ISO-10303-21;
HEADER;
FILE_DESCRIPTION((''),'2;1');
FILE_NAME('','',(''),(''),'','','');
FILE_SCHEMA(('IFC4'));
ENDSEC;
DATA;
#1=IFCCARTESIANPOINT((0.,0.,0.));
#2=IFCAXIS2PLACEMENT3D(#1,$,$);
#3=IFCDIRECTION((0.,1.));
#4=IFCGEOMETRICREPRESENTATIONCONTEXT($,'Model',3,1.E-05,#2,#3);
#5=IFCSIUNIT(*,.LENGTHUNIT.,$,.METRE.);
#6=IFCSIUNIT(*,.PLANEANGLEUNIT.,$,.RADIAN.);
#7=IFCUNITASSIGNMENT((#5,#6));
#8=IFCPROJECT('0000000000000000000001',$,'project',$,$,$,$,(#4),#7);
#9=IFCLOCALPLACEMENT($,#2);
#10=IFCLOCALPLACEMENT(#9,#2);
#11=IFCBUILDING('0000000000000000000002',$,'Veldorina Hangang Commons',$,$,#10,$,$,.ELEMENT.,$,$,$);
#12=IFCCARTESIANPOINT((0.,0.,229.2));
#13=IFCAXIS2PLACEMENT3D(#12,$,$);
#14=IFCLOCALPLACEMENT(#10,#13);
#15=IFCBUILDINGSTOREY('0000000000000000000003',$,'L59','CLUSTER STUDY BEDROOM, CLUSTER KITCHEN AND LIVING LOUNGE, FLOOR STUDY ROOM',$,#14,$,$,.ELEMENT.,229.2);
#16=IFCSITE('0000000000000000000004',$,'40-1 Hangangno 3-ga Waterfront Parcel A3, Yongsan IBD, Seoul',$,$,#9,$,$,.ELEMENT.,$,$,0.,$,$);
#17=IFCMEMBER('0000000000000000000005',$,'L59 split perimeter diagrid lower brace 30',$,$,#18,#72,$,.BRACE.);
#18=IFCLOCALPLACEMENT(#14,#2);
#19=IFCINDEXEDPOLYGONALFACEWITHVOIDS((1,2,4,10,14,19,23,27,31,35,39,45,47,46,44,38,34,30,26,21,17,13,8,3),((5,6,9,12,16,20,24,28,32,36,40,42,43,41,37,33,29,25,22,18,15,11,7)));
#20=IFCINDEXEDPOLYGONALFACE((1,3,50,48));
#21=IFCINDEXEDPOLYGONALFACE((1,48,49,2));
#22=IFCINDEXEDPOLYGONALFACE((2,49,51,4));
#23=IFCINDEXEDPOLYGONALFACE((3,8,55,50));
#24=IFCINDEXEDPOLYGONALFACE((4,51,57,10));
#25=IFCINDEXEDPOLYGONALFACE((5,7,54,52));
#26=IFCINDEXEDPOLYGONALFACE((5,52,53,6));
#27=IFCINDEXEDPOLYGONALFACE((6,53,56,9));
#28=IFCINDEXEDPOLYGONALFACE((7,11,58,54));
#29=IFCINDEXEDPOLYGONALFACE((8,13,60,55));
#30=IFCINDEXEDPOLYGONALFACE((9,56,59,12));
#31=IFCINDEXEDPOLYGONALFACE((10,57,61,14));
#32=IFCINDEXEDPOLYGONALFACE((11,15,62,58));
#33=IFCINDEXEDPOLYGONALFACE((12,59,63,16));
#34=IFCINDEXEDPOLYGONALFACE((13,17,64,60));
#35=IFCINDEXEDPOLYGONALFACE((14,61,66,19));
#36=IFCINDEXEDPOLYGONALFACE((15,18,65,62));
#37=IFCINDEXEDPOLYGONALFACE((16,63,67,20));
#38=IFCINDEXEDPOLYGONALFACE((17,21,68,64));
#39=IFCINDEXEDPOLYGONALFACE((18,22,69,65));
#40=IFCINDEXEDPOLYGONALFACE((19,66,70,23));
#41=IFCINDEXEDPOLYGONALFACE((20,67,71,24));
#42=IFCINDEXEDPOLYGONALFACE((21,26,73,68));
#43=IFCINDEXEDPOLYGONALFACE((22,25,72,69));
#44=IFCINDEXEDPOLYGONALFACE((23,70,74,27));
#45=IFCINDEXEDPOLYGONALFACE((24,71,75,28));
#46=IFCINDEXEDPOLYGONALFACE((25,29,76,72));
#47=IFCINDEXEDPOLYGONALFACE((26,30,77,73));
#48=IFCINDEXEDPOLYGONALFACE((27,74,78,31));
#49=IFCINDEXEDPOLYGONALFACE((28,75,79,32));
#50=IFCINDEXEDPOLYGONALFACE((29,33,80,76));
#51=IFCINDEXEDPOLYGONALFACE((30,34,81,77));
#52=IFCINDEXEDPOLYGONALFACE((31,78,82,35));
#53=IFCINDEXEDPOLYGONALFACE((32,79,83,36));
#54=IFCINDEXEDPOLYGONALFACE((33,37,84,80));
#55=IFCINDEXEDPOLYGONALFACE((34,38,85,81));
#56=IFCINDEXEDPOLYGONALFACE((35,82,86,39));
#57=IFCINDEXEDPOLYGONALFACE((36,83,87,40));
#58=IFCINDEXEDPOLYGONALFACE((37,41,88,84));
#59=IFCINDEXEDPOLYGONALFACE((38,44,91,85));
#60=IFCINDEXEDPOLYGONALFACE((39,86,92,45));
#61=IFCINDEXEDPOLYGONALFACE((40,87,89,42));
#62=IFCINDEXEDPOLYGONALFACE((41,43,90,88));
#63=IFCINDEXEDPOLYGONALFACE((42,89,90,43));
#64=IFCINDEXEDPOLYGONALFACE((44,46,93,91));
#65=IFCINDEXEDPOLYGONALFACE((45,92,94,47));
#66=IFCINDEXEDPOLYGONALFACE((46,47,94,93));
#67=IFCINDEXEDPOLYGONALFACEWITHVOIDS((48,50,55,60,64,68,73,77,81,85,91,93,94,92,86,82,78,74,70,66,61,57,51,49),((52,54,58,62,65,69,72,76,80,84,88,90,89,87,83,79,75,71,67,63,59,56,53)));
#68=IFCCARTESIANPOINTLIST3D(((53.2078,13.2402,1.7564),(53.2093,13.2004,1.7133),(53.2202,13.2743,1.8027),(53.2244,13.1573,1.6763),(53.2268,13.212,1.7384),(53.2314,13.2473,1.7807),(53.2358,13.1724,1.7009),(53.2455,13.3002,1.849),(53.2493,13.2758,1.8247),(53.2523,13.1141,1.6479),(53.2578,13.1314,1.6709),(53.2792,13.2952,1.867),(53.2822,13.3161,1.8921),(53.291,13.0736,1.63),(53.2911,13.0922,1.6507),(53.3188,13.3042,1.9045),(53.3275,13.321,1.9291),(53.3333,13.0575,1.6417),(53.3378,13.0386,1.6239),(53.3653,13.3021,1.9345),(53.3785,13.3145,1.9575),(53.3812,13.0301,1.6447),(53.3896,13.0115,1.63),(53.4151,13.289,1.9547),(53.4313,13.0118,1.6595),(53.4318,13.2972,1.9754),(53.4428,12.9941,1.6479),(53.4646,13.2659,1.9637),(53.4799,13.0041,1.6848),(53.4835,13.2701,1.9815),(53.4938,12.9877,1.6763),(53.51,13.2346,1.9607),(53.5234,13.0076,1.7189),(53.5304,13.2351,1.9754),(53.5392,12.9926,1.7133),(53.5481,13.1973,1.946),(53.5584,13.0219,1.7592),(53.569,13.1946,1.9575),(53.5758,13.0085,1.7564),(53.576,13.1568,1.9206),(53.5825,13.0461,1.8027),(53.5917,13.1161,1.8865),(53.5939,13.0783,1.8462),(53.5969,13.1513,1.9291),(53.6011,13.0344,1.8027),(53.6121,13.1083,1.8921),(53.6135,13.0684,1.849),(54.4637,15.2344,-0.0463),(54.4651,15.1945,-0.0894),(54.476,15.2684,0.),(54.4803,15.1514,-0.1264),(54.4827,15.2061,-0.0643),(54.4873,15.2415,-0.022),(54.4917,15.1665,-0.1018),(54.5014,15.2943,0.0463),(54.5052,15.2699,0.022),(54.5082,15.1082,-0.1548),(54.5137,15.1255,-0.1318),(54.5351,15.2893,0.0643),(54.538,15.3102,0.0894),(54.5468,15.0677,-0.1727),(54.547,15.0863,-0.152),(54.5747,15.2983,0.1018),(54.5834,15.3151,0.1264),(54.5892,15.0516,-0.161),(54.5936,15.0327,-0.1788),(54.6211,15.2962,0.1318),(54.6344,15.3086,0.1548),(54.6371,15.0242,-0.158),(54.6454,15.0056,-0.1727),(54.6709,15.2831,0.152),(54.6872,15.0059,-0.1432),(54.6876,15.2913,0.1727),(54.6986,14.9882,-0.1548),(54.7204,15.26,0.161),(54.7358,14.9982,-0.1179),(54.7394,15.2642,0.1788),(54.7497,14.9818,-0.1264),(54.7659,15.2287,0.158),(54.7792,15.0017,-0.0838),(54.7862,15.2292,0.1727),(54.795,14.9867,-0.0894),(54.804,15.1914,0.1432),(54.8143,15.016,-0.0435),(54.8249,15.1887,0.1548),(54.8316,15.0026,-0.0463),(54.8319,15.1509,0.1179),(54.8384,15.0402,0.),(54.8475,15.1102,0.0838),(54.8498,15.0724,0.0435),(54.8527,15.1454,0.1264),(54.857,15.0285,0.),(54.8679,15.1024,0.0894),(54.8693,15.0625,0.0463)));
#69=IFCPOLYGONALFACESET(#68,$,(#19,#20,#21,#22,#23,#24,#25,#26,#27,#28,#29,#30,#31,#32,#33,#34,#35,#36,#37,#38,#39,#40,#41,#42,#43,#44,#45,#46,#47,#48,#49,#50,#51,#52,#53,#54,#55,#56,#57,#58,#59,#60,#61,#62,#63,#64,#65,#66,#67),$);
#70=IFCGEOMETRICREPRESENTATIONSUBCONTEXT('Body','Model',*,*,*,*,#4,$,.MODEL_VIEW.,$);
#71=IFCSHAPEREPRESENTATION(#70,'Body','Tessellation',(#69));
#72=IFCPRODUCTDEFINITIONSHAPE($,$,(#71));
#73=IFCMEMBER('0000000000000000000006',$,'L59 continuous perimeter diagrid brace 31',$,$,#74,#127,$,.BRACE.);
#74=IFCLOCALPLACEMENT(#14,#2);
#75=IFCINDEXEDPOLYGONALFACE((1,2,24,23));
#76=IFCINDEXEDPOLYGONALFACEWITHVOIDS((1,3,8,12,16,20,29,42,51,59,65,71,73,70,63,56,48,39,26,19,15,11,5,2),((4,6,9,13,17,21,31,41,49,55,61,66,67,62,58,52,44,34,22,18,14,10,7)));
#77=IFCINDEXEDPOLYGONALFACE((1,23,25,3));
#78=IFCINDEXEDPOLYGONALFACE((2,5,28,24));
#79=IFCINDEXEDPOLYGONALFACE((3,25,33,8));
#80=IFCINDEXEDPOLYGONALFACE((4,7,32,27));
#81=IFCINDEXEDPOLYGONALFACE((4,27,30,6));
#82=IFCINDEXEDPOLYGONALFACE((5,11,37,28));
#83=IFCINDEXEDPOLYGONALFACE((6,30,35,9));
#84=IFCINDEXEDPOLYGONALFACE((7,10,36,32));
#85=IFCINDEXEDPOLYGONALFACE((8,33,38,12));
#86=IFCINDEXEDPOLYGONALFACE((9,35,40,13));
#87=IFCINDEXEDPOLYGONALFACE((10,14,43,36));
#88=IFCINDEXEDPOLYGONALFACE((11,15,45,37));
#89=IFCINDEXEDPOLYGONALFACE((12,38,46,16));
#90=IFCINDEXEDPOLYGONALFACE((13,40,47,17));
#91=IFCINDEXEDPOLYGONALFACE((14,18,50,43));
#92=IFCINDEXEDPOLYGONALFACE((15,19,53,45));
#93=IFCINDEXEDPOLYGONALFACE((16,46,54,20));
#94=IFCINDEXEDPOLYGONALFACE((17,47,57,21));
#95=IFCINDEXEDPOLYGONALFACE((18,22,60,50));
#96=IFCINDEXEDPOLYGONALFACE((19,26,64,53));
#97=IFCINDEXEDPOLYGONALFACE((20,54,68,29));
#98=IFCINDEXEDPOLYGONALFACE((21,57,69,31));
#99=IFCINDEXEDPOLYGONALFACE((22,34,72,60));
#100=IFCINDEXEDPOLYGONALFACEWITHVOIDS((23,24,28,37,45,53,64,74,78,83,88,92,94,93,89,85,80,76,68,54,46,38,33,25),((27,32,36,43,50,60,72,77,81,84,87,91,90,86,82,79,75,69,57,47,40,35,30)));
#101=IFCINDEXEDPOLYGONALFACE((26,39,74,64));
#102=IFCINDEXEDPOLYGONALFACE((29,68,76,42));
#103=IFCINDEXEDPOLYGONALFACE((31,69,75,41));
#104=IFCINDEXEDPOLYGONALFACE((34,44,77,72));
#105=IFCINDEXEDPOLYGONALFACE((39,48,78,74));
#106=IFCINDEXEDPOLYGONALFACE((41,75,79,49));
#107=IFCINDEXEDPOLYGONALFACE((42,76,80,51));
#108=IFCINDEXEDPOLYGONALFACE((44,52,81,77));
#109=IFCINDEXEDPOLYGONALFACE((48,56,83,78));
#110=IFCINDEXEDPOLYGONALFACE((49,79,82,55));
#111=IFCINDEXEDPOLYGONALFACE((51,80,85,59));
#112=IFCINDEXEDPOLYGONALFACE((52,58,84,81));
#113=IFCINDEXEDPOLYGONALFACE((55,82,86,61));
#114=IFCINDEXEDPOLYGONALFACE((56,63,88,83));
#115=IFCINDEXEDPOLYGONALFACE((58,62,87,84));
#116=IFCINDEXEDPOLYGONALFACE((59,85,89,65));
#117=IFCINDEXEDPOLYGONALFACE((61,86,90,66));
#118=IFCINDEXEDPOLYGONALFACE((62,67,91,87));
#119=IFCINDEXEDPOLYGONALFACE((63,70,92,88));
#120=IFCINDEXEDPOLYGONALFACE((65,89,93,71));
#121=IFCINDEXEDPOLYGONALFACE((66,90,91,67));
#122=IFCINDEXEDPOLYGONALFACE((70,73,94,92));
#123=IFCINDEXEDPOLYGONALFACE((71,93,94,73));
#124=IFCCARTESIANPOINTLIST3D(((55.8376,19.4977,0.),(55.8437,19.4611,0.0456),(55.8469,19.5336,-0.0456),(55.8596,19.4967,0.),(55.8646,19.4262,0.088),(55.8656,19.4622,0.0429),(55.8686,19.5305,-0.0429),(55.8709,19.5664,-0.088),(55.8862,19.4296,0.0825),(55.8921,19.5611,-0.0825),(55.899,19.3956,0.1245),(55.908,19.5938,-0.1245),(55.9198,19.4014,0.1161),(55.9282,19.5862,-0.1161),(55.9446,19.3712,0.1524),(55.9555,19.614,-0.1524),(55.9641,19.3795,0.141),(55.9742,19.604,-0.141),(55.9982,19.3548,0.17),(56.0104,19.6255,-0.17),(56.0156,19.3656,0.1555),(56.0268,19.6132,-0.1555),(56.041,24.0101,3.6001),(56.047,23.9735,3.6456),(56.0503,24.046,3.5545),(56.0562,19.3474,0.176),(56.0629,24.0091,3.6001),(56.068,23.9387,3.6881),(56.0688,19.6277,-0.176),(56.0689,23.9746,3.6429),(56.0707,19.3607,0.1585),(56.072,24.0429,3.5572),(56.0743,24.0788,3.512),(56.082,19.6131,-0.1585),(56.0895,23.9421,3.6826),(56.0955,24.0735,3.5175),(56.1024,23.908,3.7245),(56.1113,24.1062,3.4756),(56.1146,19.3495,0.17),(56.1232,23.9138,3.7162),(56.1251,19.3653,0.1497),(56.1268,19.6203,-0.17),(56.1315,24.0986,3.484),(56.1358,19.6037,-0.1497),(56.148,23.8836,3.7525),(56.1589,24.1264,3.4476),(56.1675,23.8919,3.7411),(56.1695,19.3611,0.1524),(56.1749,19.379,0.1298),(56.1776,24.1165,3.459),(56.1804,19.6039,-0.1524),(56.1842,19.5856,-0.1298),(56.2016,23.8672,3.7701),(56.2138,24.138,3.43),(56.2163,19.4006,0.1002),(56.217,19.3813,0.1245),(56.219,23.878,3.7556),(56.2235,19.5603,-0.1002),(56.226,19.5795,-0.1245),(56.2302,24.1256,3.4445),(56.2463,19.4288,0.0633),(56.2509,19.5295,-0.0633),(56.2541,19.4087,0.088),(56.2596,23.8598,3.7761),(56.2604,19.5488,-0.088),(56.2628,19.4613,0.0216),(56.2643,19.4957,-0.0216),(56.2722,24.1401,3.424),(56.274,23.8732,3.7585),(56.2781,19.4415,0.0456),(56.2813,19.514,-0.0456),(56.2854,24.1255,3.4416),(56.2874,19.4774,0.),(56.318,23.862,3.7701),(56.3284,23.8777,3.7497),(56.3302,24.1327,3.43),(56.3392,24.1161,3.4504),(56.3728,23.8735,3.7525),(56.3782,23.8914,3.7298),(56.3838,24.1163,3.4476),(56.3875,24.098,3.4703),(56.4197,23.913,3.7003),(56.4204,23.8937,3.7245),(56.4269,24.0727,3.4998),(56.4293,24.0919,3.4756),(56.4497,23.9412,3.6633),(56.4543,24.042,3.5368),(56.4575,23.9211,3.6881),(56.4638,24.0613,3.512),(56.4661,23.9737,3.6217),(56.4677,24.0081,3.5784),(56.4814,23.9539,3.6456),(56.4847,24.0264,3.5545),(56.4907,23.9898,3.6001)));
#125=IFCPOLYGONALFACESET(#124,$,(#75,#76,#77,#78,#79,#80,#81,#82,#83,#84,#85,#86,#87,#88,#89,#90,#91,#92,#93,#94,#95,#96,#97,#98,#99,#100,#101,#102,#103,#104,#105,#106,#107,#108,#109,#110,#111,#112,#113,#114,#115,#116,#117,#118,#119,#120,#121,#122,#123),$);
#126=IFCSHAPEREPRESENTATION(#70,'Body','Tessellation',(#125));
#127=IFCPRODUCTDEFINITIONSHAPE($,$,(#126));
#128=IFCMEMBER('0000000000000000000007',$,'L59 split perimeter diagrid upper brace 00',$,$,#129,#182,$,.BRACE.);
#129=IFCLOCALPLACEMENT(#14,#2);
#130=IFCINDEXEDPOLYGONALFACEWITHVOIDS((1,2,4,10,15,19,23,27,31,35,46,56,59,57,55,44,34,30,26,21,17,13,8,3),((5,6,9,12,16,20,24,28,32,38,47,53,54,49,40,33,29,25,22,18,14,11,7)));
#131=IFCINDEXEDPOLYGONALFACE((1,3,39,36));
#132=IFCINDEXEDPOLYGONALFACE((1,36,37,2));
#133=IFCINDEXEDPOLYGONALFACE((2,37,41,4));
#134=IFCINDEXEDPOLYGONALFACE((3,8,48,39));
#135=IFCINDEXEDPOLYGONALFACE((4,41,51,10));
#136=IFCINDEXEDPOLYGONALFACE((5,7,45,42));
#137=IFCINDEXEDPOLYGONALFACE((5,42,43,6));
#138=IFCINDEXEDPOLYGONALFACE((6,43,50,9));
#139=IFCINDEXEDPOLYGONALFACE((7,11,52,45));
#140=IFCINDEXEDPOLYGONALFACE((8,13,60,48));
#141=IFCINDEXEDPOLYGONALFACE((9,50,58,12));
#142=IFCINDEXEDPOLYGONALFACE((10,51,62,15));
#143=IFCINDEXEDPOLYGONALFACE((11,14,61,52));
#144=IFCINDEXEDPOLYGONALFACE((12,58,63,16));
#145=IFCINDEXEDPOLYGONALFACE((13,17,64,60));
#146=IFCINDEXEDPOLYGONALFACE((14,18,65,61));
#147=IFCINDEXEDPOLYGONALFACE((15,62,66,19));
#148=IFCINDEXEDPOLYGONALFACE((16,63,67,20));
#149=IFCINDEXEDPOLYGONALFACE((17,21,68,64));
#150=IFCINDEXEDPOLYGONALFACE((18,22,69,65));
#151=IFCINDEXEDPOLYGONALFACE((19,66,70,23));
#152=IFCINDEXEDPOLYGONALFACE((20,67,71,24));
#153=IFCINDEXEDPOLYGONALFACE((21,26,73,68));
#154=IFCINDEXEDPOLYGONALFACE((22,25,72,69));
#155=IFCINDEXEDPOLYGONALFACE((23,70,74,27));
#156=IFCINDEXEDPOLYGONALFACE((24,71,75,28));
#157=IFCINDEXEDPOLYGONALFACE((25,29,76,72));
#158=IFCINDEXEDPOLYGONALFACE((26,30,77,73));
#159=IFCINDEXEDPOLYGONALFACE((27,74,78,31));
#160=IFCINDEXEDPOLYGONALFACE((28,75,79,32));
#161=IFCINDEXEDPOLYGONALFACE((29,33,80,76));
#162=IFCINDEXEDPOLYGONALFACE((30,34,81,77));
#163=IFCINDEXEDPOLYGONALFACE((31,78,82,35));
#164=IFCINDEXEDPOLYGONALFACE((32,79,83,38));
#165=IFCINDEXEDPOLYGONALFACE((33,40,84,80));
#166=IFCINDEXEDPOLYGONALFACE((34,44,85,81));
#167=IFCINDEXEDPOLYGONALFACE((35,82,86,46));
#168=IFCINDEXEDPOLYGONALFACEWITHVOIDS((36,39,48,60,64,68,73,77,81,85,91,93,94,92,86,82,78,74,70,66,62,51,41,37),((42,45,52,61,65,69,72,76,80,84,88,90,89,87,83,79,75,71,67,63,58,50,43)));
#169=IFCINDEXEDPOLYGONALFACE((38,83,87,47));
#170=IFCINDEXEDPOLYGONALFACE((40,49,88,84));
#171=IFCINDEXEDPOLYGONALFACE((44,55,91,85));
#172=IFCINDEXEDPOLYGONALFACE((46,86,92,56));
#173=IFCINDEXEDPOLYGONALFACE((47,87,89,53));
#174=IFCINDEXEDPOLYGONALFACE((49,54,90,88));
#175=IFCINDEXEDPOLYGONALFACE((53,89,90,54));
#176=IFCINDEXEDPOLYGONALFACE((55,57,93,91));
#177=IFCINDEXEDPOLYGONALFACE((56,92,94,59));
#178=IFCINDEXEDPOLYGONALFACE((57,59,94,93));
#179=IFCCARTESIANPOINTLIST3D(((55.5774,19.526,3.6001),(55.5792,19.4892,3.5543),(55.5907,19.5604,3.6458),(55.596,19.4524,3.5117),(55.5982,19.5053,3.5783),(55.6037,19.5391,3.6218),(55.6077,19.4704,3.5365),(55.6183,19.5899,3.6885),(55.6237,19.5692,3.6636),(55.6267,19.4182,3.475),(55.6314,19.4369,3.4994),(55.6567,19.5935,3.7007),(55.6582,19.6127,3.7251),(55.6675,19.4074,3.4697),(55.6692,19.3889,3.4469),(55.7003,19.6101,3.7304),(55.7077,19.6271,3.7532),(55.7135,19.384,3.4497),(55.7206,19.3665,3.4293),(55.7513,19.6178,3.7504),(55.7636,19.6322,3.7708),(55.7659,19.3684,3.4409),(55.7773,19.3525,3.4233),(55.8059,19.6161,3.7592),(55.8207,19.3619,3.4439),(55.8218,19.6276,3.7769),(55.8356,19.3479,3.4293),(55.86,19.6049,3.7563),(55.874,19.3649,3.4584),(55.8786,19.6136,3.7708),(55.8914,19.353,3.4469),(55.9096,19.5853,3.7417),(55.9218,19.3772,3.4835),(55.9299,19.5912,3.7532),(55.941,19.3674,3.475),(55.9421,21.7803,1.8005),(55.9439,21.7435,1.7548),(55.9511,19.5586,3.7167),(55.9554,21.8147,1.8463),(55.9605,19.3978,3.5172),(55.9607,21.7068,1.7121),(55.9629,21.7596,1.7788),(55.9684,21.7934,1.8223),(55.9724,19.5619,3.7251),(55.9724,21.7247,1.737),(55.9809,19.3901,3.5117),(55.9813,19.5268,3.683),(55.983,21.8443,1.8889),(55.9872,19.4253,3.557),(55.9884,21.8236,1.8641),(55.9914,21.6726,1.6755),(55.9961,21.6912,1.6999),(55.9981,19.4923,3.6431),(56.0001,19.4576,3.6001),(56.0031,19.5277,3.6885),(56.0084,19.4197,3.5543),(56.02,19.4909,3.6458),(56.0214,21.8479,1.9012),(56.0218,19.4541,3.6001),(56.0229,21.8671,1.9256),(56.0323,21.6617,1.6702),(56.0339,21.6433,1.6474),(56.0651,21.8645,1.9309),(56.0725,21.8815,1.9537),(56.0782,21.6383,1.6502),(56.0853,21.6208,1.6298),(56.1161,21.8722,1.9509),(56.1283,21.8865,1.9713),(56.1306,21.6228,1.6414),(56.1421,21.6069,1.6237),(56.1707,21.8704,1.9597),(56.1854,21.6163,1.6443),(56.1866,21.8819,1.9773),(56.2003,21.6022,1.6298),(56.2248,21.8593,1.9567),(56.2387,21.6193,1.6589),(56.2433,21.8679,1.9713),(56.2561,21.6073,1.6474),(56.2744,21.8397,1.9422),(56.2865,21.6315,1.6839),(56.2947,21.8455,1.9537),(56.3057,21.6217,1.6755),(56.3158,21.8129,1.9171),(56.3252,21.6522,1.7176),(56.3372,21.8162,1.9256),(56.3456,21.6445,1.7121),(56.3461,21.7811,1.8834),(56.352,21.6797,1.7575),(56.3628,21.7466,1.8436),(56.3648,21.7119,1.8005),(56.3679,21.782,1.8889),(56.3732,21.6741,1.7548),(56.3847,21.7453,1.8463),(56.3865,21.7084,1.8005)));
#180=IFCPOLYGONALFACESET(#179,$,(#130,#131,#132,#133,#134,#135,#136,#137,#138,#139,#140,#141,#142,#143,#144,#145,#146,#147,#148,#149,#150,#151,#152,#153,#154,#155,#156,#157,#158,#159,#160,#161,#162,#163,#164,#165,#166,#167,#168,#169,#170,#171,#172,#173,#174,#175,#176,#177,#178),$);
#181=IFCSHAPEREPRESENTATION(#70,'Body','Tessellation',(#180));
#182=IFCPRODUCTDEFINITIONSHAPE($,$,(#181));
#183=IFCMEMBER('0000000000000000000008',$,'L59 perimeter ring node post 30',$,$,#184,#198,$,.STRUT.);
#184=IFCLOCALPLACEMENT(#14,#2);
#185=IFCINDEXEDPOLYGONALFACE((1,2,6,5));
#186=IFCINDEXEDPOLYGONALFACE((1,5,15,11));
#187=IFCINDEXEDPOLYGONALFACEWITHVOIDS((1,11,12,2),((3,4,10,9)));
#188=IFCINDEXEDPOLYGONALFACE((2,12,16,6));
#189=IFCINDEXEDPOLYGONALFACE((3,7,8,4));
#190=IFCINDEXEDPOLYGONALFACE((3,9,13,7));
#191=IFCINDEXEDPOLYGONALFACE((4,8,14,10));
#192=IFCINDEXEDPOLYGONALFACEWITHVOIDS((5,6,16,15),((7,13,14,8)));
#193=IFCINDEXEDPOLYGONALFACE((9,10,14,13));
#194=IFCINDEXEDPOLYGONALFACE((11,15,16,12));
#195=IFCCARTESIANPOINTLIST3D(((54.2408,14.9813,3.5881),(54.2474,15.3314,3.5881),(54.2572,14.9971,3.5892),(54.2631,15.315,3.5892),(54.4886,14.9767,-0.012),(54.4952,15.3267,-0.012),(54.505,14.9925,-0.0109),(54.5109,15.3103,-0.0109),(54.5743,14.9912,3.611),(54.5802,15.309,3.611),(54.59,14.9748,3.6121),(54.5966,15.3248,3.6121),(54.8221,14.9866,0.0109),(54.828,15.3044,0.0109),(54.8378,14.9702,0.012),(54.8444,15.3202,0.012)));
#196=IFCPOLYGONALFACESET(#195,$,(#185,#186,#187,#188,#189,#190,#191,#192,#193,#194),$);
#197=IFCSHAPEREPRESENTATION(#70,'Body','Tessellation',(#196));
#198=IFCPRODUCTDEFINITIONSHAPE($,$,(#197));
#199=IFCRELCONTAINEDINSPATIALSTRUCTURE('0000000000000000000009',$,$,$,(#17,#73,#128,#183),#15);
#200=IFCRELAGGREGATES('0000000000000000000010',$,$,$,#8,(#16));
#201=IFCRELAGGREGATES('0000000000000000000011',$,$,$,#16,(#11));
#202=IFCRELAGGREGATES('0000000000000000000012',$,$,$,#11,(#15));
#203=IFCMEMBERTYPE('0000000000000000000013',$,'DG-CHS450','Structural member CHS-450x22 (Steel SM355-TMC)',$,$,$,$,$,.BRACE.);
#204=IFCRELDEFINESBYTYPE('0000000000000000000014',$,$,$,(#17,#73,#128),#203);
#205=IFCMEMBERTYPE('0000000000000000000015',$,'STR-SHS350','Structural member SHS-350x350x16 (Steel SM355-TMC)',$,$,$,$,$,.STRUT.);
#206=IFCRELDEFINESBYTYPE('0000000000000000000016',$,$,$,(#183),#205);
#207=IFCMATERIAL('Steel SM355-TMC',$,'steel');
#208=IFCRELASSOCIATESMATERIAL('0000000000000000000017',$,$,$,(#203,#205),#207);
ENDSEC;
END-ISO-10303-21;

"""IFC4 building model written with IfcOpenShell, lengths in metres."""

from ifc_helpers import new_model, si_unit, direction, frame, origin, origin_2d, place, context, subcontext, project, spatial, hollow_rectangle, hollow_circle, extrude, material, material_profile, profile_set, type_object, element, save


model = new_model("IFC4")

# Units and contexts
model_context = context("Model", 3, precision=1e-05, world=origin(), true_north=direction((0.0, 1.0)))
body_context = subcontext(model_context, "Body", "Model", "MODEL_VIEW")
ifc_project = project(units=[si_unit("LENGTHUNIT", "METRE"), si_unit("PLANEANGLEUNIT", "RADIAN")], contexts=[model_context])

# Site, building, storey
site_placement = place(None, origin())
site = spatial("IfcSite", under=ifc_project, at=site_placement, Name="40-1 Hangangno 3-ga Waterfront Parcel A3, Yongsan IBD, Seoul", CompositionType="ELEMENT", RefElevation=0.0)
building_placement = place(site_placement, origin())
building = spatial("IfcBuilding", under=site, at=building_placement, Name="Veldorina Hangang Commons", CompositionType="ELEMENT")
storey_placement = place(building_placement, frame((0.0, 0.0, 229.2)))
storey = spatial("IfcBuildingStorey", under=building, at=storey_placement, Name="L59", Description="CLUSTER STUDY BEDROOM, CLUSTER KITCHEN AND LIVING LOUNGE, FLOOR STUDY ROOM", CompositionType="ELEMENT", Elevation=229.2)

# Shared definitions
ifc_material_1 = material(Name="Steel SM355-TMC", Category="steel")

# Members
ifc_material_profile_1 = material_profile(ifc_material_1, hollow_circle(Radius=0.2251, WallThickness=0.022, at=origin_2d()), Name="CHS-450x22")
ifc_profile_set_1 = profile_set([ifc_material_profile_1], Name="Steel SM355-TMC")
member_type_1 = type_object("IfcMemberType", Name="DG-CHS450", Description="Structural member CHS-450x22 (Steel SM355-TMC)", PredefinedType="BRACE", material=ifc_profile_set_1)
member_1_placement = place(storey_placement, frame((54.6665, 15.1484, 0.0), z_axis=(-0.423263, -0.672086, 0.607576), x_axis=(0.846177, -0.532901, 0.0)))
element("IfcMember", 1, at=member_1_placement, inside=storey, type_object=member_type_1, Name="L59 split perimeter diagrid lower brace 30", PredefinedType="BRACE", context=body_context, shape_type="SweptSolid", body=[
    extrude(hollow_circle(Radius=0.2251, WallThickness=0.022, at=origin_2d()), origin(), (0.0, 0.0, 1.0), 2.967),
])
member_2_placement = place(storey_placement, frame((56.0625, 19.4875, 0.0), z_axis=(0.035208, 0.781217, 0.623266), x_axis=(-0.998986, 0.045023, 0.0)))
element("IfcMember", 2, at=member_2_placement, inside=storey, type_object=member_type_1, Name="L59 continuous perimeter diagrid brace 31", PredefinedType="BRACE", context=body_context, shape_type="SweptSolid", body=[
    extrude(hollow_circle(Radius=0.2251, WallThickness=0.022, at=origin_2d()), origin(), (0.0, 0.0, 1.0), 5.7761),
])
member_3_placement = place(storey_placement, frame((56.1643, 21.7444, 1.8005), z_axis=(-0.125449, -0.775363, 0.61893), x_axis=(0.987163, -0.159716, 0.0)))
element("IfcMember", 3, at=member_3_placement, inside=storey, type_object=member_type_1, Name="L59 split perimeter diagrid upper brace 00", PredefinedType="BRACE", context=body_context, shape_type="SweptSolid", body=[
    extrude(hollow_circle(Radius=0.2251, WallThickness=0.022, at=origin_2d()), origin(), (0.0, 0.0, 1.0), 2.9075),
])
ifc_material_profile_2 = material_profile(ifc_material_1, hollow_rectangle(XDim=0.3501, YDim=0.3501, WallThickness=0.0161, at=origin_2d()), Name="SHS-350x350x16")
ifc_profile_set_2 = profile_set([ifc_material_profile_2], Name="Steel SM355-TMC")
member_type_2 = type_object("IfcMemberType", Name="STR-SHS350", Description="Structural member SHS-350x350x16 (Steel SM355-TMC)", PredefinedType="STRUT", material=ifc_profile_set_2)
member_4_placement = place(storey_placement, frame((54.6665, 15.1484, 0.0), z_axis=(-0.06867, 0.001285, 0.997639), x_axis=(-0.018716, -0.999825, 0.0)))
element("IfcMember", 4, at=member_4_placement, inside=storey, type_object=member_type_2, Name="L59 perimeter ring node post 30", PredefinedType="STRUT", context=body_context, shape_type="SweptSolid", body=[
    extrude(hollow_rectangle(XDim=0.3501, YDim=0.3501, WallThickness=0.0161, at=origin_2d()), origin(), (0.0, 0.0, 1.0), 3.6086),
])

save(model, "model.ifc")
